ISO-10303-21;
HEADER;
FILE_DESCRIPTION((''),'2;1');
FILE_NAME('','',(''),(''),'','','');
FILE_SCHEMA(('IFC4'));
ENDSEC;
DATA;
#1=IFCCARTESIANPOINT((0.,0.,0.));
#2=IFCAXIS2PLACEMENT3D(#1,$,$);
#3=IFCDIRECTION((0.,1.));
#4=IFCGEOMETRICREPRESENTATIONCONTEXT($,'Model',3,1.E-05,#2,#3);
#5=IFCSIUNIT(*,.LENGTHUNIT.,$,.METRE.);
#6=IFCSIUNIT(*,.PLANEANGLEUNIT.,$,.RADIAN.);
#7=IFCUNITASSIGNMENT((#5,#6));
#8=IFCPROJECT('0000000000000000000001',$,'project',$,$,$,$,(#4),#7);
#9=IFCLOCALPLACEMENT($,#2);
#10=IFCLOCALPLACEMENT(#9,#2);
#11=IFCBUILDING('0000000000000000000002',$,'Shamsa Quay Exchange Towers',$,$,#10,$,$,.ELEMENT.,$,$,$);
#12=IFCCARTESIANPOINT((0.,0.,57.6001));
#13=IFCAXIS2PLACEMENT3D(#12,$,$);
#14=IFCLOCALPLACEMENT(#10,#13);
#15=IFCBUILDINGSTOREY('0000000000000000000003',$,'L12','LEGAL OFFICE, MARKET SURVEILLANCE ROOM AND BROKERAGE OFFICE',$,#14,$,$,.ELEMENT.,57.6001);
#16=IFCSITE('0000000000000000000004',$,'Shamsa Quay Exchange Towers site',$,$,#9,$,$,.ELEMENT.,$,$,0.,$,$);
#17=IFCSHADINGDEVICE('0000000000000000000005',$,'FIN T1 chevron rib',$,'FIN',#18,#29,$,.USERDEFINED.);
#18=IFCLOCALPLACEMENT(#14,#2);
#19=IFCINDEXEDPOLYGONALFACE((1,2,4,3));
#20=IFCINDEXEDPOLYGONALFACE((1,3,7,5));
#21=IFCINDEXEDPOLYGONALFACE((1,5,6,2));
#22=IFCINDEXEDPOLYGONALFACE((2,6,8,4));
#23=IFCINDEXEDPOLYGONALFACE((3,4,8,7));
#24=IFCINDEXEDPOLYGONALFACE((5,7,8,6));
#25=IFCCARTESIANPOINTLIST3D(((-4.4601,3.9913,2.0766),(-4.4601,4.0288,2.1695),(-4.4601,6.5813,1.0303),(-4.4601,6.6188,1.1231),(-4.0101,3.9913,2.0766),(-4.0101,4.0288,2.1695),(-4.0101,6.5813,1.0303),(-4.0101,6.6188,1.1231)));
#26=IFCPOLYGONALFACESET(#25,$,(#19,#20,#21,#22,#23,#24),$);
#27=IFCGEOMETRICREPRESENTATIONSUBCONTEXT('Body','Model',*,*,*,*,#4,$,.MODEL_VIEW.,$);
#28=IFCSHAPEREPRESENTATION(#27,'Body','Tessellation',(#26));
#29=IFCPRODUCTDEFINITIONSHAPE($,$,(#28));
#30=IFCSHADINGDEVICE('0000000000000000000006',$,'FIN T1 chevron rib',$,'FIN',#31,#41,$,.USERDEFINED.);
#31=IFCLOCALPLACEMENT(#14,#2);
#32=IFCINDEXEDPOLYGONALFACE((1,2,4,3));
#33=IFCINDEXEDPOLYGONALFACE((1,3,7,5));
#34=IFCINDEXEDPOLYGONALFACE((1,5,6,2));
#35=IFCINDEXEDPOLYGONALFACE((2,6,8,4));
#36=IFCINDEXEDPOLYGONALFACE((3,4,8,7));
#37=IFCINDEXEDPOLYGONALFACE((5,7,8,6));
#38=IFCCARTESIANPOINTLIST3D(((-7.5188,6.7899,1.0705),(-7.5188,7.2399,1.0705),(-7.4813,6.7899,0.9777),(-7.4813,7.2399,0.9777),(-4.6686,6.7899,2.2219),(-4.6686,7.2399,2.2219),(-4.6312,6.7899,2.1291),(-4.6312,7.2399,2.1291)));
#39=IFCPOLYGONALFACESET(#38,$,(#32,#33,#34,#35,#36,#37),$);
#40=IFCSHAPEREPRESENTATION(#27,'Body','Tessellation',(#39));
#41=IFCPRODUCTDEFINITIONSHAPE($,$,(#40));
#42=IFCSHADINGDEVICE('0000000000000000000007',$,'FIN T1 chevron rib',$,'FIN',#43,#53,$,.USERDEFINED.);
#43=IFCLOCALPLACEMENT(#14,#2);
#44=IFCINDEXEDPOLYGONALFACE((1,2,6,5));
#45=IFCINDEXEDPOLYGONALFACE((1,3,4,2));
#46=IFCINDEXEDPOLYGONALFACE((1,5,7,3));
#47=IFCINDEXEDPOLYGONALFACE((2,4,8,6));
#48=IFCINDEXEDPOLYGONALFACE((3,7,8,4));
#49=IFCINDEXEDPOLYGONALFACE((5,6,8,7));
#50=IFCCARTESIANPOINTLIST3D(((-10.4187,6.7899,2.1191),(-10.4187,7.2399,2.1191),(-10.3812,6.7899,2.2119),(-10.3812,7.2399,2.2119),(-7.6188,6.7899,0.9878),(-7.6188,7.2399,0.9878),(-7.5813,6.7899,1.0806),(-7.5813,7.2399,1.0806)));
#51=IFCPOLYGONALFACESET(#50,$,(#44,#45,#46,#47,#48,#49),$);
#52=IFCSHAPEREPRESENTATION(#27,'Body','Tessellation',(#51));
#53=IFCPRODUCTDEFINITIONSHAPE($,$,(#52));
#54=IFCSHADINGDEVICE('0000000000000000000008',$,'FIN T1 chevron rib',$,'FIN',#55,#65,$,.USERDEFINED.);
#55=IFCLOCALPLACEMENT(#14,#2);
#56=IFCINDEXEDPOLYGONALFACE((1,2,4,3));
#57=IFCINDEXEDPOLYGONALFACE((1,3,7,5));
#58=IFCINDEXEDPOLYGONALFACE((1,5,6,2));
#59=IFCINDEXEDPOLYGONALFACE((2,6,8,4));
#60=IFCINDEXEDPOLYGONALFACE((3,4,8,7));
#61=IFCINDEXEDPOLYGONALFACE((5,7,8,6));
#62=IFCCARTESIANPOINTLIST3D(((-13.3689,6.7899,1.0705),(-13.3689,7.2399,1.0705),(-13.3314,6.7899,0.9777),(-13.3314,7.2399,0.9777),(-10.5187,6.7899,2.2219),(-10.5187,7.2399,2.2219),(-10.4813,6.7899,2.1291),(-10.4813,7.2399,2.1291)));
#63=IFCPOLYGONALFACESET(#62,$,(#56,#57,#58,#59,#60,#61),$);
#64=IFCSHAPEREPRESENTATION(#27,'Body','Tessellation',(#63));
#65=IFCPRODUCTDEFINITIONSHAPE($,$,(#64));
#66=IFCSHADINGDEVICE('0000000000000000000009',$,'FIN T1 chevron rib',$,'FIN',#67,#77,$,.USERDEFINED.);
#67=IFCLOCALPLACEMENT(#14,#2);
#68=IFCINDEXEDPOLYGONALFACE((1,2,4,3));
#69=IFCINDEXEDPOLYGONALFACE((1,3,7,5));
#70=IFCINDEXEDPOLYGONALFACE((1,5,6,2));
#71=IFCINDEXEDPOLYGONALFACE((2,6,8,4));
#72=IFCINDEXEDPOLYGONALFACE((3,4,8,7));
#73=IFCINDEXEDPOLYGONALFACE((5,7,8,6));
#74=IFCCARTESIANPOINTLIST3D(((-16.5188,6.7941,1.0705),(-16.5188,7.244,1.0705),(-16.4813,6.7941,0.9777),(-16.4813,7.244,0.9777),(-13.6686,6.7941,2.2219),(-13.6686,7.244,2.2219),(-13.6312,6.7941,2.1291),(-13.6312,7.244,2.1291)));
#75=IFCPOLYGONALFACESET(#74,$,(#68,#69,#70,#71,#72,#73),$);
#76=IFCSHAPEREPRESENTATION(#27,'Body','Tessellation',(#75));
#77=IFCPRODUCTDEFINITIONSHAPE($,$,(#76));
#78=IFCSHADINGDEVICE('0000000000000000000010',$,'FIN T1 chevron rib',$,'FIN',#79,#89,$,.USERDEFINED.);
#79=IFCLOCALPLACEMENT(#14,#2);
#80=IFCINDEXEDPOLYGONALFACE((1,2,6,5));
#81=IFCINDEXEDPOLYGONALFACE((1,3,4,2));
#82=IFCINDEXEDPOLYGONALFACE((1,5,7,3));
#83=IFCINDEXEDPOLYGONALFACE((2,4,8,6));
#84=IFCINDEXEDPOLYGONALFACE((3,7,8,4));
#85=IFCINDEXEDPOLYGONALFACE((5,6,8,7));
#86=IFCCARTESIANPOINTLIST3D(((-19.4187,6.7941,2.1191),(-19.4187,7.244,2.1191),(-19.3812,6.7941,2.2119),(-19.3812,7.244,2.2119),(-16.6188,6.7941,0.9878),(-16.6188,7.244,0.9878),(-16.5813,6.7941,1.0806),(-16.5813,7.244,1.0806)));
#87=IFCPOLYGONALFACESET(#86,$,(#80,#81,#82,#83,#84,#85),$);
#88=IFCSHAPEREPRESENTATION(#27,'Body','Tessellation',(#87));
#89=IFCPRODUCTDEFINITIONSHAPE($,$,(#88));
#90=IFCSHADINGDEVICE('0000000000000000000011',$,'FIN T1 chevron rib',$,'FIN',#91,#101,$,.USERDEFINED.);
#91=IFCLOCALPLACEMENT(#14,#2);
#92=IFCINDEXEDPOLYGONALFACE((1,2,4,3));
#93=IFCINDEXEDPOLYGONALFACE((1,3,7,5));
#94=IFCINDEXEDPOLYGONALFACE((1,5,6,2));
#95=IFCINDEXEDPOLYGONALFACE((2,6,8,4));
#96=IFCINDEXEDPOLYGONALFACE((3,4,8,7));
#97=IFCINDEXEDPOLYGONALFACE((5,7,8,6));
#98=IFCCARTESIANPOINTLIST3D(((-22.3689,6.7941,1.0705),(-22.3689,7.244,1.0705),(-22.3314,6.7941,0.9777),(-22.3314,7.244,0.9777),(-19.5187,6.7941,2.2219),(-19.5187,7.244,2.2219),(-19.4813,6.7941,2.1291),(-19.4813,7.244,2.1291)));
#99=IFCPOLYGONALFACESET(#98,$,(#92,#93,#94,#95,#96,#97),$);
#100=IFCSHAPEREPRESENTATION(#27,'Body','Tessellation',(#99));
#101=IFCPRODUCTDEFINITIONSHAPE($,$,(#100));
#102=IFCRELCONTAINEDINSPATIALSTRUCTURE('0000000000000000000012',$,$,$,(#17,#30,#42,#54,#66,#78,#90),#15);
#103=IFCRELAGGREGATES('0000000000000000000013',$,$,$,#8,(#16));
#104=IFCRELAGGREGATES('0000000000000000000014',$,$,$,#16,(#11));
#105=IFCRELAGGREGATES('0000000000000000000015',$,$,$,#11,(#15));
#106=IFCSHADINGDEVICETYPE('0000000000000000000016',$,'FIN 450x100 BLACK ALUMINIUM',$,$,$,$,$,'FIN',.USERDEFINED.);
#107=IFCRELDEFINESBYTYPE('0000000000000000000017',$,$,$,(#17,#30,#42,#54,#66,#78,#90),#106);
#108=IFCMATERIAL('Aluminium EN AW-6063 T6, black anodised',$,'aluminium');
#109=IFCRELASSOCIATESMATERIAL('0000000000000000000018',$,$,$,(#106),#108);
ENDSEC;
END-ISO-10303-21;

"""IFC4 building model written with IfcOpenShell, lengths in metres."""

from ifc_helpers import new_model, si_unit, direction, frame, origin, origin_2d, place, context, subcontext, project, spatial, rectangle, extrude, material, material_profile, profile_set, type_object, element, save


model = new_model("IFC4")

# Units and contexts
model_context = context("Model", 3, precision=1e-05, world=origin(), true_north=direction((0.0, 1.0)))
body_context = subcontext(model_context, "Body", "Model", "MODEL_VIEW")
ifc_project = project(units=[si_unit("LENGTHUNIT", "METRE"), si_unit("PLANEANGLEUNIT", "RADIAN")], contexts=[model_context])

# Site, building, storey
site_placement = place(None, origin())
site = spatial("IfcSite", under=ifc_project, at=site_placement, Name="Shamsa Quay Exchange Towers site", CompositionType="ELEMENT", RefElevation=0.0)
building_placement = place(site_placement, origin())
building = spatial("IfcBuilding", under=site, at=building_placement, Name="Shamsa Quay Exchange Towers", CompositionType="ELEMENT")
storey_placement = place(building_placement, frame((0.0, 0.0, 57.6001)))
storey = spatial("IfcBuildingStorey", under=building, at=storey_placement, Name="L12", Description="LEGAL OFFICE, MARKET SURVEILLANCE ROOM AND BROKERAGE OFFICE", CompositionType="ELEMENT", Elevation=57.6001)

# Shared definitions
ifc_material_1 = material(Name="Aluminium EN AW-6063 T6, black anodised", Category="aluminium")

# Shading devices
ifc_material_profile_1 = material_profile(ifc_material_1, rectangle(XDim=0.45, YDim=0.1001, at=origin_2d()), Name="FIN450x100")
ifc_profile_set_1 = profile_set([ifc_material_profile_1], Name="Aluminium EN AW-6063 T6, black anodised")
shading_device_type = type_object("IfcShadingDeviceType", Name="FIN 450x100 BLACK ALUMINIUM", ElementType="FIN", PredefinedType="USERDEFINED", material=ifc_profile_set_1)
shading_device_1_placement = place(storey_placement, frame((-4.2351, 4.01, 2.123), z_axis=(0.0, 0.927193, -0.374583), x_axis=(-1.0, 0.0, 0.0)))
element("IfcShadingDevice", 1, at=shading_device_1_placement, inside=storey, type_object=shading_device_type, Name="FIN T1 chevron rib", ObjectType="FIN", PredefinedType="USERDEFINED", context=body_context, shape_type="SweptSolid", body=[
    extrude(rectangle(XDim=0.45, YDim=0.1001, at=origin_2d()), origin(), (0.0, 0.0, 1.0), 2.7935),
])
shading_device_2_placement = place(storey_placement, frame((-4.6499, 7.0149, 2.1755), z_axis=(-0.9272, 0.0, -0.374565), x_axis=(0.0, -1.0, 0.0)))
element("IfcShadingDevice", 2, at=shading_device_2_placement, inside=storey, type_object=shading_device_type, Name="FIN T1 chevron rib", ObjectType="FIN", PredefinedType="USERDEFINED", context=body_context, shape_type="SweptSolid", body=[
    extrude(rectangle(XDim=0.45, YDim=0.1001, at=origin_2d()), origin(), (0.0, 0.0, 1.0), 3.074),
])
shading_device_3_placement = place(storey_placement, frame((-7.6001, 7.0149, 1.0342), z_axis=(-0.927166, 0.0, 0.37465), x_axis=(0.0, -1.0, 0.0)))
element("IfcShadingDevice", 3, at=shading_device_3_placement, inside=storey, type_object=shading_device_type, Name="FIN T1 chevron rib", ObjectType="FIN", PredefinedType="USERDEFINED", context=body_context, shape_type="SweptSolid", body=[
    extrude(rectangle(XDim=0.45, YDim=0.1001, at=origin_2d()), origin(), (0.0, 0.0, 1.0), 3.0198),
])
for number, where, z_axis, x_axis, name in (
    (4, (-10.5, 7.0149, 2.1755), (-0.9272, 0.0, -0.374565), (0.0, -1.0, 0.0), "FIN T1 chevron rib"),
    (5, (-13.6499, 7.019, 2.1755), (-0.9272, 0.0, -0.374565), (0.0, -1.0, 0.0), "FIN T1 chevron rib"),
):
    element("IfcShadingDevice", number, at=place(storey_placement, frame(where, z_axis=z_axis, x_axis=x_axis)), inside=storey, type_object=shading_device_type, Name=name, ObjectType="FIN", PredefinedType="USERDEFINED", context=body_context, shape_type="SweptSolid", body=[
        extrude(rectangle(XDim=0.45, YDim=0.1001, at=origin_2d()), origin(), (0.0, 0.0, 1.0), 3.074),
    ])
shading_device_4_placement = place(storey_placement, frame((-16.6001, 7.019, 1.0342), z_axis=(-0.927166, 0.0, 0.37465), x_axis=(0.0, -1.0, 0.0)))
element("IfcShadingDevice", 6, at=shading_device_4_placement, inside=storey, type_object=shading_device_type, Name="FIN T1 chevron rib", ObjectType="FIN", PredefinedType="USERDEFINED", context=body_context, shape_type="SweptSolid", body=[
    extrude(rectangle(XDim=0.45, YDim=0.1001, at=origin_2d()), origin(), (0.0, 0.0, 1.0), 3.0198),
])
shading_device_5_placement = place(storey_placement, frame((-19.5, 7.019, 2.1755), z_axis=(-0.9272, 0.0, -0.374565), x_axis=(0.0, -1.0, 0.0)))
element("IfcShadingDevice", 7, at=shading_device_5_placement, inside=storey, type_object=shading_device_type, Name="FIN T1 chevron rib", ObjectType="FIN", PredefinedType="USERDEFINED", context=body_context, shape_type="SweptSolid", body=[
    extrude(rectangle(XDim=0.45, YDim=0.1001, at=origin_2d()), origin(), (0.0, 0.0, 1.0), 3.074),
])

save(model, "model.ifc")
